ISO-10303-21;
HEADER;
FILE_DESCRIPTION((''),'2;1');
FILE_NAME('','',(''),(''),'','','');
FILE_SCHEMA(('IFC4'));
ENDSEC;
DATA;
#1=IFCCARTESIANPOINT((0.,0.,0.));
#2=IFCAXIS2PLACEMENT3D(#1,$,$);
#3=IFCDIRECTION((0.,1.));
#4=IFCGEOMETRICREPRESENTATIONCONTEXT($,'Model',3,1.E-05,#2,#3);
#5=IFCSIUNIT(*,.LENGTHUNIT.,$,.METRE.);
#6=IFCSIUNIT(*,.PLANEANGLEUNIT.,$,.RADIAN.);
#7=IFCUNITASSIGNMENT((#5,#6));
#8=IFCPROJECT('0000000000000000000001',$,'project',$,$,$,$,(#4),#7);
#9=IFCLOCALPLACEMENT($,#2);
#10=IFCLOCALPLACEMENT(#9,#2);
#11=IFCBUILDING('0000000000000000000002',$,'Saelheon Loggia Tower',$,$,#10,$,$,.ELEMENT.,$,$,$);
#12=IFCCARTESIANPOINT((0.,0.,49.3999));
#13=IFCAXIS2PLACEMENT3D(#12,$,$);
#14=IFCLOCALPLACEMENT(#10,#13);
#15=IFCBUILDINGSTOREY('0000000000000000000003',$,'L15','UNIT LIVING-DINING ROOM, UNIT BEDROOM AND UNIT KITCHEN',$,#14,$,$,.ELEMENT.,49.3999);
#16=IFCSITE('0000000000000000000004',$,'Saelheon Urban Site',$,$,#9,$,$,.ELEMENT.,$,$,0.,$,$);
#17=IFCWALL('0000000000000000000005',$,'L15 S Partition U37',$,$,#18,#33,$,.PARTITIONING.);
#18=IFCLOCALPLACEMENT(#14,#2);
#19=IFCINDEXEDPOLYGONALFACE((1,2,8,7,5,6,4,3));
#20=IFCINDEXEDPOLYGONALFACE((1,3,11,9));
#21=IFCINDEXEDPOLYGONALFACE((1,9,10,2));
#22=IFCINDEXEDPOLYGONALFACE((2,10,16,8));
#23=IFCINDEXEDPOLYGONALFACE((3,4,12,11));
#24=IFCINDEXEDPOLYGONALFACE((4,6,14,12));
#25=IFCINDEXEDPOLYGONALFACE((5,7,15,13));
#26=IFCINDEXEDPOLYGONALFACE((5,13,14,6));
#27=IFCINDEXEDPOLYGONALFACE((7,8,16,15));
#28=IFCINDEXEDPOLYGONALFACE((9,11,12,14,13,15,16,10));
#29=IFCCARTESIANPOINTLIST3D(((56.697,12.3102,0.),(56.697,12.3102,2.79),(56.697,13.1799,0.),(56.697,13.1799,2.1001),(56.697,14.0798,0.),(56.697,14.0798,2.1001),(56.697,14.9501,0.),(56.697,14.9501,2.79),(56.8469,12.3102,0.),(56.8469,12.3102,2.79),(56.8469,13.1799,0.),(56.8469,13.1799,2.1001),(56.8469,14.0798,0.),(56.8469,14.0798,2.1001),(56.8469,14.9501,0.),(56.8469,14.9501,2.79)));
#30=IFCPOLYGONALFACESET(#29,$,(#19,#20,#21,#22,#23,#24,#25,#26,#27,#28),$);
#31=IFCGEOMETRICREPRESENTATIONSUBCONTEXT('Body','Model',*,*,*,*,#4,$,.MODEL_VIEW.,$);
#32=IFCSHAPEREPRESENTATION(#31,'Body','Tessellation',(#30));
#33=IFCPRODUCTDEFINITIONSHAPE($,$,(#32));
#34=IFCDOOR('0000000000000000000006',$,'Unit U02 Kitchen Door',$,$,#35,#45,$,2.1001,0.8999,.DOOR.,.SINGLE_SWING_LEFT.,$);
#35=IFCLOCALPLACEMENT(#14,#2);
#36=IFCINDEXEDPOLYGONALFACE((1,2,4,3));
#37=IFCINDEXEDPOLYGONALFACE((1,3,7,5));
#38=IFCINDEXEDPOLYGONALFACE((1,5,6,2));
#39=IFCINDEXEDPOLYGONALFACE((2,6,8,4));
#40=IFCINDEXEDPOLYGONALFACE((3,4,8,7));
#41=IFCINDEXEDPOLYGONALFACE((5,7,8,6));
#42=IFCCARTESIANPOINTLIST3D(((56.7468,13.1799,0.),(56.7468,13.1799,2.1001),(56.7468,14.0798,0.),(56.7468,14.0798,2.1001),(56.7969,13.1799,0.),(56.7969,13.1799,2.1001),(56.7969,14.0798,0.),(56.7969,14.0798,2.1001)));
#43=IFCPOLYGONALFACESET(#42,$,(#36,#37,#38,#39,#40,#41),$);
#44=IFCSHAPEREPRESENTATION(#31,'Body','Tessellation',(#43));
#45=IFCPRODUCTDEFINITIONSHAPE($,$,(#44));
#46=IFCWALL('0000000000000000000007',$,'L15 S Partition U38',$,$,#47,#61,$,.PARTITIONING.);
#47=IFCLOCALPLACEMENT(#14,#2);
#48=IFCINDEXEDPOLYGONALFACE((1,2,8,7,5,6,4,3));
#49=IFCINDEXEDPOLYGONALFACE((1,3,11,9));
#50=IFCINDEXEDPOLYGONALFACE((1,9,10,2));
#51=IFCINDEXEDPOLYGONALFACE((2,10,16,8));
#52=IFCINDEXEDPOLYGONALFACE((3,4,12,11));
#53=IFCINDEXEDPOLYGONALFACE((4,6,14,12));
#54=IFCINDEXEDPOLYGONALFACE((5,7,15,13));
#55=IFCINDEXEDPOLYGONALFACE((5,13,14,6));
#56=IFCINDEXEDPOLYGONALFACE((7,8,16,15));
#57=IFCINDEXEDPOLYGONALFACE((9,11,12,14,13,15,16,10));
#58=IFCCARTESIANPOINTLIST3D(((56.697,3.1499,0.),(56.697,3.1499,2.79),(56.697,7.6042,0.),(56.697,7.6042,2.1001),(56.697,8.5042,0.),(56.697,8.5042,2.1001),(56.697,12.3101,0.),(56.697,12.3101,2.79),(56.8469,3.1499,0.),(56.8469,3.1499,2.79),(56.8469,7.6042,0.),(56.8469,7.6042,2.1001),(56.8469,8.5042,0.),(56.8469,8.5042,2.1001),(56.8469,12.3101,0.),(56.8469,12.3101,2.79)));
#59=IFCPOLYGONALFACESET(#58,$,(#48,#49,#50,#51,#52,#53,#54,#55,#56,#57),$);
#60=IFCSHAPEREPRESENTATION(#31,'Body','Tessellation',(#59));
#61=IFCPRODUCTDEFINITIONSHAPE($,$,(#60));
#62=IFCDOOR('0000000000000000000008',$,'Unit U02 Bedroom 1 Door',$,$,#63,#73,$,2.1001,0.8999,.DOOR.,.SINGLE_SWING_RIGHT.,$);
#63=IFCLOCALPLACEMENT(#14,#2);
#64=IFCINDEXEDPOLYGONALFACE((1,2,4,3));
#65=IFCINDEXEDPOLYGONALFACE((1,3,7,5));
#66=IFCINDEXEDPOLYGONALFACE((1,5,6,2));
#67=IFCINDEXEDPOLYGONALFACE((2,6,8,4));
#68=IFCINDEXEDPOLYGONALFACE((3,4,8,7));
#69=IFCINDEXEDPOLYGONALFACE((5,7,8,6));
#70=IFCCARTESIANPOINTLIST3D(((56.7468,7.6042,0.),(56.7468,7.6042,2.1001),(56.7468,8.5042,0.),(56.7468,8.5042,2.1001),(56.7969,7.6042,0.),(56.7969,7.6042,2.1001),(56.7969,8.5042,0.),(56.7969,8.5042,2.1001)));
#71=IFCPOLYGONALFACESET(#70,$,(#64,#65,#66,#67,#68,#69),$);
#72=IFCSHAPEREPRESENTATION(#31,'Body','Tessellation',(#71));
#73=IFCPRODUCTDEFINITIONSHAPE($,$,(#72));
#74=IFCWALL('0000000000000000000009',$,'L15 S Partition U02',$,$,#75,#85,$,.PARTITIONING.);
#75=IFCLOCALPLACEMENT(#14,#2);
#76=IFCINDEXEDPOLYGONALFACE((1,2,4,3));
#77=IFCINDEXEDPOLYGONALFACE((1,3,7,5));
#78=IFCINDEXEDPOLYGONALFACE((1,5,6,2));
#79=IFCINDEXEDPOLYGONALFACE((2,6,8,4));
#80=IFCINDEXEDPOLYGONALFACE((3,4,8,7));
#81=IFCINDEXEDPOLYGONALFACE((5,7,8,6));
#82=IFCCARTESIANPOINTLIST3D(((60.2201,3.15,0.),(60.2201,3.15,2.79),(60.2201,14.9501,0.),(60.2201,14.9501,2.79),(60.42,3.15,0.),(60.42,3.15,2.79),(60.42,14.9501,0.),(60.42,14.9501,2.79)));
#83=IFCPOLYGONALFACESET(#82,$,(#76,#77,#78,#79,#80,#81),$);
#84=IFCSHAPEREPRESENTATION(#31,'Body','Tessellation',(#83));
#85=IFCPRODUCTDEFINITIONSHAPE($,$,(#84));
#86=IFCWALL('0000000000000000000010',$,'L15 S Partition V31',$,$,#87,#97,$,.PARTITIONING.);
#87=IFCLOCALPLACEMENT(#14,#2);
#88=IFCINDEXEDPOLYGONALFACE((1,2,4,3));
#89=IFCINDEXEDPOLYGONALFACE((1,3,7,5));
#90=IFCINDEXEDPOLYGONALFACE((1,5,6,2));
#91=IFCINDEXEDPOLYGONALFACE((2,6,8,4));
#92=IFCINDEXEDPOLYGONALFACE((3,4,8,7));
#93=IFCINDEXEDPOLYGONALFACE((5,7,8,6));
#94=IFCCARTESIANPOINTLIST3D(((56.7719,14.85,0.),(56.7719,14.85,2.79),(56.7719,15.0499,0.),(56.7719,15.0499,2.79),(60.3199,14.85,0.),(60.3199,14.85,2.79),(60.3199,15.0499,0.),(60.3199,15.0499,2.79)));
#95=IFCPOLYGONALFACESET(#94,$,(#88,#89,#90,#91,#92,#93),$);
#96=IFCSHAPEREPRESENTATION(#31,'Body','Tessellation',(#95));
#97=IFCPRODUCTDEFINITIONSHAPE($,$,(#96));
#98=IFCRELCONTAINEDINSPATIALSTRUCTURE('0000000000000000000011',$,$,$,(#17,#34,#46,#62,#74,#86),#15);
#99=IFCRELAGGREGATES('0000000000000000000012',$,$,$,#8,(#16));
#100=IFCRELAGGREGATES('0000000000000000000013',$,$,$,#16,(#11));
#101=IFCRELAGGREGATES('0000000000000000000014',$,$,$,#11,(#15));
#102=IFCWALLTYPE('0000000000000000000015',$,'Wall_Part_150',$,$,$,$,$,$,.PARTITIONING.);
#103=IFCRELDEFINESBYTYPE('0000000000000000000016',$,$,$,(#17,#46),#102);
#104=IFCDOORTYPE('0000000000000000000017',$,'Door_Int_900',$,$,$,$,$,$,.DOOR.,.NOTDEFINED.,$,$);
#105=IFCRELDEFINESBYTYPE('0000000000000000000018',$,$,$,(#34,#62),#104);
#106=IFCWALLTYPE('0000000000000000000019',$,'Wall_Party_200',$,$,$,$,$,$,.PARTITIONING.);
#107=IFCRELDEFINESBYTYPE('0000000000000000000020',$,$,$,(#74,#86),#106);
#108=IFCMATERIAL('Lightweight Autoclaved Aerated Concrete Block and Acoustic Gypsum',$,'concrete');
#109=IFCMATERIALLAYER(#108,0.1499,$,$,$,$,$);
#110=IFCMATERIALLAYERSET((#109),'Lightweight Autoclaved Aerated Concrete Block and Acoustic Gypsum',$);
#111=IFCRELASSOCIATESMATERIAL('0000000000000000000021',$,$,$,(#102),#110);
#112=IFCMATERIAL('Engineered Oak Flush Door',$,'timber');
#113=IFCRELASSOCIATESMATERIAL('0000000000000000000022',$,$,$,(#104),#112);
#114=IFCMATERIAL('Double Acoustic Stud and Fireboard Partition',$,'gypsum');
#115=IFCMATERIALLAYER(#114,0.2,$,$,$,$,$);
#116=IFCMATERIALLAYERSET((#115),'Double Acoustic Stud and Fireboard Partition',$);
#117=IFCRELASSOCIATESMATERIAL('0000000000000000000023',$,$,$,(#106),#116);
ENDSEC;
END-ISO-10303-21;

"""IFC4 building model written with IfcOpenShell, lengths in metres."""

from ifc_helpers import new_model, si_unit, direction, frame, frame_2d, origin, place, context, subcontext, project, spatial, rectangle, extrude, source, transform, mapped, material, layer, layer_set, type_object, element, fill, save


model = new_model("IFC4")

# Units and contexts
model_context = context("Model", 3, precision=1e-05, world=origin(), true_north=direction((0.0, 1.0)))
body_context = subcontext(model_context, "Body", "Model", "MODEL_VIEW")
ifc_project = project(units=[si_unit("LENGTHUNIT", "METRE"), si_unit("PLANEANGLEUNIT", "RADIAN")], contexts=[model_context])

# Site, building, storey
site_placement = place(None, origin())
site = spatial("IfcSite", under=ifc_project, at=site_placement, Name="Saelheon Urban Site", CompositionType="ELEMENT", RefElevation=0.0)
building_placement = place(site_placement, origin())
building = spatial("IfcBuilding", under=site, at=building_placement, Name="Saelheon Loggia Tower", CompositionType="ELEMENT")
storey_placement = place(building_placement, frame((0.0, 0.0, 49.3999)))
storey = spatial("IfcBuildingStorey", under=building, at=storey_placement, Name="L15", Description="UNIT LIVING-DINING ROOM, UNIT BEDROOM AND UNIT KITCHEN", CompositionType="ELEMENT", Elevation=49.3999)

# Walls, openings, doors
ifc_material_1 = material(Name="Lightweight Autoclaved Aerated Concrete Block and Acoustic Gypsum", Category="concrete")
ifc_layer_1 = layer(ifc_material_1, 0.1499)
ifc_layer_set_1 = layer_set([ifc_layer_1], Name="Lightweight Autoclaved Aerated Concrete Block and Acoustic Gypsum")
wall_type_1 = type_object("IfcWallType", Name="Wall_Part_150", PredefinedType="PARTITIONING", material=ifc_layer_set_1)
wall_1_placement = place(storey_placement, frame((56.772, 14.95, 0.0), z_axis=(0.0, 0.0, 1.0), x_axis=(0.0, -1.0, 0.0)))
wall_1 = element("IfcWall", 1, at=wall_1_placement, inside=storey, type_object=wall_type_1, Name="L15 S Partition U37", PredefinedType="PARTITIONING", context=body_context, shape_type="SweptSolid", body=[
    extrude(rectangle(XDim=2.6399, YDim=0.1499, at=frame_2d((1.3198, 0.0))), origin(), (0.0, 0.0, 1.0), 2.79),
])
opening_1_placement = place(wall_1_placement, frame((0.8701, 0.0, 0.0)))
opening_1 = element("IfcOpeningElement", 2, at=opening_1_placement, cuts=wall_1, PredefinedType="OPENING", context=body_context, shape_type="SweptSolid", body=[
    extrude(rectangle(XDim=0.8999, YDim=2.1001, at=frame_2d((0.45, 1.05))), frame((0.0, 0.0869, 0.0), z_axis=(0.0, -1.0, 0.0), x_axis=(1.0, 0.0, 0.0)), (0.0, 0.0, 1.0), 0.1738),
])
ifc_material_2 = material(Name="Engineered Oak Flush Door", Category="timber")
door_type_1 = type_object("IfcDoorType", Name="Door_Int_900", OperationType="NOTDEFINED", PredefinedType="DOOR", material=ifc_material_2)
shared_shape_1 = source(origin(), body_context, "Body", "SweptSolid", [
    extrude(rectangle(XDim=0.8999, YDim=2.1001, at=frame_2d((0.45, 1.05))), frame((0.0, 0.0249, 0.0), z_axis=(0.0, -1.0, 0.0), x_axis=(1.0, 0.0, 0.0)), (0.0, 0.0, 1.0), 0.05),
])
door_1_placement = place(opening_1_placement, origin())
door_1 = element("IfcDoor", 3, at=door_1_placement, inside=storey, type_object=door_type_1, Name="Unit U02 Kitchen Door", OperationType="SINGLE_SWING_LEFT", OverallHeight=2.1001, OverallWidth=0.8999, PredefinedType="DOOR", context=body_context, shape_type="MappedRepresentation", body=[
    mapped(shared_shape_1, transform((0.0, 0.0, 0.0), scale=1.0)),
])
fill(opening_1, door_1)
wall_2_placement = place(storey_placement, frame((56.772, 12.3101, 0.0), z_axis=(0.0, 0.0, 1.0), x_axis=(0.0, -1.0, 0.0)))
wall_2 = element("IfcWall", 4, at=wall_2_placement, inside=storey, type_object=wall_type_1, Name="L15 S Partition U38", PredefinedType="PARTITIONING", context=body_context, shape_type="SweptSolid", body=[
    extrude(rectangle(XDim=9.1602, YDim=0.1499, at=frame_2d((4.5801, 0.0))), origin(), (0.0, 0.0, 1.0), 2.79),
])
opening_2_placement = place(wall_2_placement, frame((3.8059, 0.0, 0.0)))
opening_2 = element("IfcOpeningElement", 5, at=opening_2_placement, cuts=wall_2, PredefinedType="OPENING", context=body_context, shape_type="SweptSolid", body=[
    extrude(rectangle(XDim=0.8999, YDim=2.1001, at=frame_2d((0.45, 1.05))), frame((0.0, 0.0869, 0.0), z_axis=(0.0, -1.0, 0.0), x_axis=(1.0, 0.0, 0.0)), (0.0, 0.0, 1.0), 0.1738),
])
door_2_placement = place(opening_2_placement, origin())
door_2 = element("IfcDoor", 6, at=door_2_placement, inside=storey, type_object=door_type_1, Name="Unit U02 Bedroom 1 Door", OperationType="SINGLE_SWING_RIGHT", OverallHeight=2.1001, OverallWidth=0.8999, PredefinedType="DOOR", context=body_context, shape_type="MappedRepresentation", body=[
    mapped(shared_shape_1, transform((0.0, 0.0, 0.0), scale=1.0)),
])
fill(opening_2, door_2)

# Walls
ifc_material_3 = material(Name="Double Acoustic Stud and Fireboard Partition", Category="gypsum")
ifc_layer_2 = layer(ifc_material_3, 0.2)
ifc_layer_set_2 = layer_set([ifc_layer_2], Name="Double Acoustic Stud and Fireboard Partition")
wall_type_2 = type_object("IfcWallType", Name="Wall_Party_200", PredefinedType="PARTITIONING", material=ifc_layer_set_2)
wall_3_placement = place(storey_placement, frame((60.3201, 14.95, 0.0), z_axis=(0.0, 0.0, 1.0), x_axis=(0.0, -1.0, 0.0)))
element("IfcWall", 7, at=wall_3_placement, inside=storey, type_object=wall_type_2, Name="L15 S Partition U02", PredefinedType="PARTITIONING", context=body_context, shape_type="SweptSolid", body=[
    extrude(rectangle(XDim=11.8, YDim=0.2, at=frame_2d((5.8999, 0.0))), origin(), (0.0, 0.0, 1.0), 2.79),
])
wall_4_placement = place(storey_placement, frame((56.772, 14.95, 0.0), z_axis=(0.0, 0.0, 1.0), x_axis=(1.0, 0.0, 0.0)))
element("IfcWall", 8, at=wall_4_placement, inside=storey, type_object=wall_type_2, Name="L15 S Partition V31", PredefinedType="PARTITIONING", context=body_context, shape_type="SweptSolid", body=[
    extrude(rectangle(XDim=3.5481, YDim=0.2, at=frame_2d((1.7739, 0.0))), origin(), (0.0, 0.0, 1.0), 2.79),
])

save(model, "model.ifc")
